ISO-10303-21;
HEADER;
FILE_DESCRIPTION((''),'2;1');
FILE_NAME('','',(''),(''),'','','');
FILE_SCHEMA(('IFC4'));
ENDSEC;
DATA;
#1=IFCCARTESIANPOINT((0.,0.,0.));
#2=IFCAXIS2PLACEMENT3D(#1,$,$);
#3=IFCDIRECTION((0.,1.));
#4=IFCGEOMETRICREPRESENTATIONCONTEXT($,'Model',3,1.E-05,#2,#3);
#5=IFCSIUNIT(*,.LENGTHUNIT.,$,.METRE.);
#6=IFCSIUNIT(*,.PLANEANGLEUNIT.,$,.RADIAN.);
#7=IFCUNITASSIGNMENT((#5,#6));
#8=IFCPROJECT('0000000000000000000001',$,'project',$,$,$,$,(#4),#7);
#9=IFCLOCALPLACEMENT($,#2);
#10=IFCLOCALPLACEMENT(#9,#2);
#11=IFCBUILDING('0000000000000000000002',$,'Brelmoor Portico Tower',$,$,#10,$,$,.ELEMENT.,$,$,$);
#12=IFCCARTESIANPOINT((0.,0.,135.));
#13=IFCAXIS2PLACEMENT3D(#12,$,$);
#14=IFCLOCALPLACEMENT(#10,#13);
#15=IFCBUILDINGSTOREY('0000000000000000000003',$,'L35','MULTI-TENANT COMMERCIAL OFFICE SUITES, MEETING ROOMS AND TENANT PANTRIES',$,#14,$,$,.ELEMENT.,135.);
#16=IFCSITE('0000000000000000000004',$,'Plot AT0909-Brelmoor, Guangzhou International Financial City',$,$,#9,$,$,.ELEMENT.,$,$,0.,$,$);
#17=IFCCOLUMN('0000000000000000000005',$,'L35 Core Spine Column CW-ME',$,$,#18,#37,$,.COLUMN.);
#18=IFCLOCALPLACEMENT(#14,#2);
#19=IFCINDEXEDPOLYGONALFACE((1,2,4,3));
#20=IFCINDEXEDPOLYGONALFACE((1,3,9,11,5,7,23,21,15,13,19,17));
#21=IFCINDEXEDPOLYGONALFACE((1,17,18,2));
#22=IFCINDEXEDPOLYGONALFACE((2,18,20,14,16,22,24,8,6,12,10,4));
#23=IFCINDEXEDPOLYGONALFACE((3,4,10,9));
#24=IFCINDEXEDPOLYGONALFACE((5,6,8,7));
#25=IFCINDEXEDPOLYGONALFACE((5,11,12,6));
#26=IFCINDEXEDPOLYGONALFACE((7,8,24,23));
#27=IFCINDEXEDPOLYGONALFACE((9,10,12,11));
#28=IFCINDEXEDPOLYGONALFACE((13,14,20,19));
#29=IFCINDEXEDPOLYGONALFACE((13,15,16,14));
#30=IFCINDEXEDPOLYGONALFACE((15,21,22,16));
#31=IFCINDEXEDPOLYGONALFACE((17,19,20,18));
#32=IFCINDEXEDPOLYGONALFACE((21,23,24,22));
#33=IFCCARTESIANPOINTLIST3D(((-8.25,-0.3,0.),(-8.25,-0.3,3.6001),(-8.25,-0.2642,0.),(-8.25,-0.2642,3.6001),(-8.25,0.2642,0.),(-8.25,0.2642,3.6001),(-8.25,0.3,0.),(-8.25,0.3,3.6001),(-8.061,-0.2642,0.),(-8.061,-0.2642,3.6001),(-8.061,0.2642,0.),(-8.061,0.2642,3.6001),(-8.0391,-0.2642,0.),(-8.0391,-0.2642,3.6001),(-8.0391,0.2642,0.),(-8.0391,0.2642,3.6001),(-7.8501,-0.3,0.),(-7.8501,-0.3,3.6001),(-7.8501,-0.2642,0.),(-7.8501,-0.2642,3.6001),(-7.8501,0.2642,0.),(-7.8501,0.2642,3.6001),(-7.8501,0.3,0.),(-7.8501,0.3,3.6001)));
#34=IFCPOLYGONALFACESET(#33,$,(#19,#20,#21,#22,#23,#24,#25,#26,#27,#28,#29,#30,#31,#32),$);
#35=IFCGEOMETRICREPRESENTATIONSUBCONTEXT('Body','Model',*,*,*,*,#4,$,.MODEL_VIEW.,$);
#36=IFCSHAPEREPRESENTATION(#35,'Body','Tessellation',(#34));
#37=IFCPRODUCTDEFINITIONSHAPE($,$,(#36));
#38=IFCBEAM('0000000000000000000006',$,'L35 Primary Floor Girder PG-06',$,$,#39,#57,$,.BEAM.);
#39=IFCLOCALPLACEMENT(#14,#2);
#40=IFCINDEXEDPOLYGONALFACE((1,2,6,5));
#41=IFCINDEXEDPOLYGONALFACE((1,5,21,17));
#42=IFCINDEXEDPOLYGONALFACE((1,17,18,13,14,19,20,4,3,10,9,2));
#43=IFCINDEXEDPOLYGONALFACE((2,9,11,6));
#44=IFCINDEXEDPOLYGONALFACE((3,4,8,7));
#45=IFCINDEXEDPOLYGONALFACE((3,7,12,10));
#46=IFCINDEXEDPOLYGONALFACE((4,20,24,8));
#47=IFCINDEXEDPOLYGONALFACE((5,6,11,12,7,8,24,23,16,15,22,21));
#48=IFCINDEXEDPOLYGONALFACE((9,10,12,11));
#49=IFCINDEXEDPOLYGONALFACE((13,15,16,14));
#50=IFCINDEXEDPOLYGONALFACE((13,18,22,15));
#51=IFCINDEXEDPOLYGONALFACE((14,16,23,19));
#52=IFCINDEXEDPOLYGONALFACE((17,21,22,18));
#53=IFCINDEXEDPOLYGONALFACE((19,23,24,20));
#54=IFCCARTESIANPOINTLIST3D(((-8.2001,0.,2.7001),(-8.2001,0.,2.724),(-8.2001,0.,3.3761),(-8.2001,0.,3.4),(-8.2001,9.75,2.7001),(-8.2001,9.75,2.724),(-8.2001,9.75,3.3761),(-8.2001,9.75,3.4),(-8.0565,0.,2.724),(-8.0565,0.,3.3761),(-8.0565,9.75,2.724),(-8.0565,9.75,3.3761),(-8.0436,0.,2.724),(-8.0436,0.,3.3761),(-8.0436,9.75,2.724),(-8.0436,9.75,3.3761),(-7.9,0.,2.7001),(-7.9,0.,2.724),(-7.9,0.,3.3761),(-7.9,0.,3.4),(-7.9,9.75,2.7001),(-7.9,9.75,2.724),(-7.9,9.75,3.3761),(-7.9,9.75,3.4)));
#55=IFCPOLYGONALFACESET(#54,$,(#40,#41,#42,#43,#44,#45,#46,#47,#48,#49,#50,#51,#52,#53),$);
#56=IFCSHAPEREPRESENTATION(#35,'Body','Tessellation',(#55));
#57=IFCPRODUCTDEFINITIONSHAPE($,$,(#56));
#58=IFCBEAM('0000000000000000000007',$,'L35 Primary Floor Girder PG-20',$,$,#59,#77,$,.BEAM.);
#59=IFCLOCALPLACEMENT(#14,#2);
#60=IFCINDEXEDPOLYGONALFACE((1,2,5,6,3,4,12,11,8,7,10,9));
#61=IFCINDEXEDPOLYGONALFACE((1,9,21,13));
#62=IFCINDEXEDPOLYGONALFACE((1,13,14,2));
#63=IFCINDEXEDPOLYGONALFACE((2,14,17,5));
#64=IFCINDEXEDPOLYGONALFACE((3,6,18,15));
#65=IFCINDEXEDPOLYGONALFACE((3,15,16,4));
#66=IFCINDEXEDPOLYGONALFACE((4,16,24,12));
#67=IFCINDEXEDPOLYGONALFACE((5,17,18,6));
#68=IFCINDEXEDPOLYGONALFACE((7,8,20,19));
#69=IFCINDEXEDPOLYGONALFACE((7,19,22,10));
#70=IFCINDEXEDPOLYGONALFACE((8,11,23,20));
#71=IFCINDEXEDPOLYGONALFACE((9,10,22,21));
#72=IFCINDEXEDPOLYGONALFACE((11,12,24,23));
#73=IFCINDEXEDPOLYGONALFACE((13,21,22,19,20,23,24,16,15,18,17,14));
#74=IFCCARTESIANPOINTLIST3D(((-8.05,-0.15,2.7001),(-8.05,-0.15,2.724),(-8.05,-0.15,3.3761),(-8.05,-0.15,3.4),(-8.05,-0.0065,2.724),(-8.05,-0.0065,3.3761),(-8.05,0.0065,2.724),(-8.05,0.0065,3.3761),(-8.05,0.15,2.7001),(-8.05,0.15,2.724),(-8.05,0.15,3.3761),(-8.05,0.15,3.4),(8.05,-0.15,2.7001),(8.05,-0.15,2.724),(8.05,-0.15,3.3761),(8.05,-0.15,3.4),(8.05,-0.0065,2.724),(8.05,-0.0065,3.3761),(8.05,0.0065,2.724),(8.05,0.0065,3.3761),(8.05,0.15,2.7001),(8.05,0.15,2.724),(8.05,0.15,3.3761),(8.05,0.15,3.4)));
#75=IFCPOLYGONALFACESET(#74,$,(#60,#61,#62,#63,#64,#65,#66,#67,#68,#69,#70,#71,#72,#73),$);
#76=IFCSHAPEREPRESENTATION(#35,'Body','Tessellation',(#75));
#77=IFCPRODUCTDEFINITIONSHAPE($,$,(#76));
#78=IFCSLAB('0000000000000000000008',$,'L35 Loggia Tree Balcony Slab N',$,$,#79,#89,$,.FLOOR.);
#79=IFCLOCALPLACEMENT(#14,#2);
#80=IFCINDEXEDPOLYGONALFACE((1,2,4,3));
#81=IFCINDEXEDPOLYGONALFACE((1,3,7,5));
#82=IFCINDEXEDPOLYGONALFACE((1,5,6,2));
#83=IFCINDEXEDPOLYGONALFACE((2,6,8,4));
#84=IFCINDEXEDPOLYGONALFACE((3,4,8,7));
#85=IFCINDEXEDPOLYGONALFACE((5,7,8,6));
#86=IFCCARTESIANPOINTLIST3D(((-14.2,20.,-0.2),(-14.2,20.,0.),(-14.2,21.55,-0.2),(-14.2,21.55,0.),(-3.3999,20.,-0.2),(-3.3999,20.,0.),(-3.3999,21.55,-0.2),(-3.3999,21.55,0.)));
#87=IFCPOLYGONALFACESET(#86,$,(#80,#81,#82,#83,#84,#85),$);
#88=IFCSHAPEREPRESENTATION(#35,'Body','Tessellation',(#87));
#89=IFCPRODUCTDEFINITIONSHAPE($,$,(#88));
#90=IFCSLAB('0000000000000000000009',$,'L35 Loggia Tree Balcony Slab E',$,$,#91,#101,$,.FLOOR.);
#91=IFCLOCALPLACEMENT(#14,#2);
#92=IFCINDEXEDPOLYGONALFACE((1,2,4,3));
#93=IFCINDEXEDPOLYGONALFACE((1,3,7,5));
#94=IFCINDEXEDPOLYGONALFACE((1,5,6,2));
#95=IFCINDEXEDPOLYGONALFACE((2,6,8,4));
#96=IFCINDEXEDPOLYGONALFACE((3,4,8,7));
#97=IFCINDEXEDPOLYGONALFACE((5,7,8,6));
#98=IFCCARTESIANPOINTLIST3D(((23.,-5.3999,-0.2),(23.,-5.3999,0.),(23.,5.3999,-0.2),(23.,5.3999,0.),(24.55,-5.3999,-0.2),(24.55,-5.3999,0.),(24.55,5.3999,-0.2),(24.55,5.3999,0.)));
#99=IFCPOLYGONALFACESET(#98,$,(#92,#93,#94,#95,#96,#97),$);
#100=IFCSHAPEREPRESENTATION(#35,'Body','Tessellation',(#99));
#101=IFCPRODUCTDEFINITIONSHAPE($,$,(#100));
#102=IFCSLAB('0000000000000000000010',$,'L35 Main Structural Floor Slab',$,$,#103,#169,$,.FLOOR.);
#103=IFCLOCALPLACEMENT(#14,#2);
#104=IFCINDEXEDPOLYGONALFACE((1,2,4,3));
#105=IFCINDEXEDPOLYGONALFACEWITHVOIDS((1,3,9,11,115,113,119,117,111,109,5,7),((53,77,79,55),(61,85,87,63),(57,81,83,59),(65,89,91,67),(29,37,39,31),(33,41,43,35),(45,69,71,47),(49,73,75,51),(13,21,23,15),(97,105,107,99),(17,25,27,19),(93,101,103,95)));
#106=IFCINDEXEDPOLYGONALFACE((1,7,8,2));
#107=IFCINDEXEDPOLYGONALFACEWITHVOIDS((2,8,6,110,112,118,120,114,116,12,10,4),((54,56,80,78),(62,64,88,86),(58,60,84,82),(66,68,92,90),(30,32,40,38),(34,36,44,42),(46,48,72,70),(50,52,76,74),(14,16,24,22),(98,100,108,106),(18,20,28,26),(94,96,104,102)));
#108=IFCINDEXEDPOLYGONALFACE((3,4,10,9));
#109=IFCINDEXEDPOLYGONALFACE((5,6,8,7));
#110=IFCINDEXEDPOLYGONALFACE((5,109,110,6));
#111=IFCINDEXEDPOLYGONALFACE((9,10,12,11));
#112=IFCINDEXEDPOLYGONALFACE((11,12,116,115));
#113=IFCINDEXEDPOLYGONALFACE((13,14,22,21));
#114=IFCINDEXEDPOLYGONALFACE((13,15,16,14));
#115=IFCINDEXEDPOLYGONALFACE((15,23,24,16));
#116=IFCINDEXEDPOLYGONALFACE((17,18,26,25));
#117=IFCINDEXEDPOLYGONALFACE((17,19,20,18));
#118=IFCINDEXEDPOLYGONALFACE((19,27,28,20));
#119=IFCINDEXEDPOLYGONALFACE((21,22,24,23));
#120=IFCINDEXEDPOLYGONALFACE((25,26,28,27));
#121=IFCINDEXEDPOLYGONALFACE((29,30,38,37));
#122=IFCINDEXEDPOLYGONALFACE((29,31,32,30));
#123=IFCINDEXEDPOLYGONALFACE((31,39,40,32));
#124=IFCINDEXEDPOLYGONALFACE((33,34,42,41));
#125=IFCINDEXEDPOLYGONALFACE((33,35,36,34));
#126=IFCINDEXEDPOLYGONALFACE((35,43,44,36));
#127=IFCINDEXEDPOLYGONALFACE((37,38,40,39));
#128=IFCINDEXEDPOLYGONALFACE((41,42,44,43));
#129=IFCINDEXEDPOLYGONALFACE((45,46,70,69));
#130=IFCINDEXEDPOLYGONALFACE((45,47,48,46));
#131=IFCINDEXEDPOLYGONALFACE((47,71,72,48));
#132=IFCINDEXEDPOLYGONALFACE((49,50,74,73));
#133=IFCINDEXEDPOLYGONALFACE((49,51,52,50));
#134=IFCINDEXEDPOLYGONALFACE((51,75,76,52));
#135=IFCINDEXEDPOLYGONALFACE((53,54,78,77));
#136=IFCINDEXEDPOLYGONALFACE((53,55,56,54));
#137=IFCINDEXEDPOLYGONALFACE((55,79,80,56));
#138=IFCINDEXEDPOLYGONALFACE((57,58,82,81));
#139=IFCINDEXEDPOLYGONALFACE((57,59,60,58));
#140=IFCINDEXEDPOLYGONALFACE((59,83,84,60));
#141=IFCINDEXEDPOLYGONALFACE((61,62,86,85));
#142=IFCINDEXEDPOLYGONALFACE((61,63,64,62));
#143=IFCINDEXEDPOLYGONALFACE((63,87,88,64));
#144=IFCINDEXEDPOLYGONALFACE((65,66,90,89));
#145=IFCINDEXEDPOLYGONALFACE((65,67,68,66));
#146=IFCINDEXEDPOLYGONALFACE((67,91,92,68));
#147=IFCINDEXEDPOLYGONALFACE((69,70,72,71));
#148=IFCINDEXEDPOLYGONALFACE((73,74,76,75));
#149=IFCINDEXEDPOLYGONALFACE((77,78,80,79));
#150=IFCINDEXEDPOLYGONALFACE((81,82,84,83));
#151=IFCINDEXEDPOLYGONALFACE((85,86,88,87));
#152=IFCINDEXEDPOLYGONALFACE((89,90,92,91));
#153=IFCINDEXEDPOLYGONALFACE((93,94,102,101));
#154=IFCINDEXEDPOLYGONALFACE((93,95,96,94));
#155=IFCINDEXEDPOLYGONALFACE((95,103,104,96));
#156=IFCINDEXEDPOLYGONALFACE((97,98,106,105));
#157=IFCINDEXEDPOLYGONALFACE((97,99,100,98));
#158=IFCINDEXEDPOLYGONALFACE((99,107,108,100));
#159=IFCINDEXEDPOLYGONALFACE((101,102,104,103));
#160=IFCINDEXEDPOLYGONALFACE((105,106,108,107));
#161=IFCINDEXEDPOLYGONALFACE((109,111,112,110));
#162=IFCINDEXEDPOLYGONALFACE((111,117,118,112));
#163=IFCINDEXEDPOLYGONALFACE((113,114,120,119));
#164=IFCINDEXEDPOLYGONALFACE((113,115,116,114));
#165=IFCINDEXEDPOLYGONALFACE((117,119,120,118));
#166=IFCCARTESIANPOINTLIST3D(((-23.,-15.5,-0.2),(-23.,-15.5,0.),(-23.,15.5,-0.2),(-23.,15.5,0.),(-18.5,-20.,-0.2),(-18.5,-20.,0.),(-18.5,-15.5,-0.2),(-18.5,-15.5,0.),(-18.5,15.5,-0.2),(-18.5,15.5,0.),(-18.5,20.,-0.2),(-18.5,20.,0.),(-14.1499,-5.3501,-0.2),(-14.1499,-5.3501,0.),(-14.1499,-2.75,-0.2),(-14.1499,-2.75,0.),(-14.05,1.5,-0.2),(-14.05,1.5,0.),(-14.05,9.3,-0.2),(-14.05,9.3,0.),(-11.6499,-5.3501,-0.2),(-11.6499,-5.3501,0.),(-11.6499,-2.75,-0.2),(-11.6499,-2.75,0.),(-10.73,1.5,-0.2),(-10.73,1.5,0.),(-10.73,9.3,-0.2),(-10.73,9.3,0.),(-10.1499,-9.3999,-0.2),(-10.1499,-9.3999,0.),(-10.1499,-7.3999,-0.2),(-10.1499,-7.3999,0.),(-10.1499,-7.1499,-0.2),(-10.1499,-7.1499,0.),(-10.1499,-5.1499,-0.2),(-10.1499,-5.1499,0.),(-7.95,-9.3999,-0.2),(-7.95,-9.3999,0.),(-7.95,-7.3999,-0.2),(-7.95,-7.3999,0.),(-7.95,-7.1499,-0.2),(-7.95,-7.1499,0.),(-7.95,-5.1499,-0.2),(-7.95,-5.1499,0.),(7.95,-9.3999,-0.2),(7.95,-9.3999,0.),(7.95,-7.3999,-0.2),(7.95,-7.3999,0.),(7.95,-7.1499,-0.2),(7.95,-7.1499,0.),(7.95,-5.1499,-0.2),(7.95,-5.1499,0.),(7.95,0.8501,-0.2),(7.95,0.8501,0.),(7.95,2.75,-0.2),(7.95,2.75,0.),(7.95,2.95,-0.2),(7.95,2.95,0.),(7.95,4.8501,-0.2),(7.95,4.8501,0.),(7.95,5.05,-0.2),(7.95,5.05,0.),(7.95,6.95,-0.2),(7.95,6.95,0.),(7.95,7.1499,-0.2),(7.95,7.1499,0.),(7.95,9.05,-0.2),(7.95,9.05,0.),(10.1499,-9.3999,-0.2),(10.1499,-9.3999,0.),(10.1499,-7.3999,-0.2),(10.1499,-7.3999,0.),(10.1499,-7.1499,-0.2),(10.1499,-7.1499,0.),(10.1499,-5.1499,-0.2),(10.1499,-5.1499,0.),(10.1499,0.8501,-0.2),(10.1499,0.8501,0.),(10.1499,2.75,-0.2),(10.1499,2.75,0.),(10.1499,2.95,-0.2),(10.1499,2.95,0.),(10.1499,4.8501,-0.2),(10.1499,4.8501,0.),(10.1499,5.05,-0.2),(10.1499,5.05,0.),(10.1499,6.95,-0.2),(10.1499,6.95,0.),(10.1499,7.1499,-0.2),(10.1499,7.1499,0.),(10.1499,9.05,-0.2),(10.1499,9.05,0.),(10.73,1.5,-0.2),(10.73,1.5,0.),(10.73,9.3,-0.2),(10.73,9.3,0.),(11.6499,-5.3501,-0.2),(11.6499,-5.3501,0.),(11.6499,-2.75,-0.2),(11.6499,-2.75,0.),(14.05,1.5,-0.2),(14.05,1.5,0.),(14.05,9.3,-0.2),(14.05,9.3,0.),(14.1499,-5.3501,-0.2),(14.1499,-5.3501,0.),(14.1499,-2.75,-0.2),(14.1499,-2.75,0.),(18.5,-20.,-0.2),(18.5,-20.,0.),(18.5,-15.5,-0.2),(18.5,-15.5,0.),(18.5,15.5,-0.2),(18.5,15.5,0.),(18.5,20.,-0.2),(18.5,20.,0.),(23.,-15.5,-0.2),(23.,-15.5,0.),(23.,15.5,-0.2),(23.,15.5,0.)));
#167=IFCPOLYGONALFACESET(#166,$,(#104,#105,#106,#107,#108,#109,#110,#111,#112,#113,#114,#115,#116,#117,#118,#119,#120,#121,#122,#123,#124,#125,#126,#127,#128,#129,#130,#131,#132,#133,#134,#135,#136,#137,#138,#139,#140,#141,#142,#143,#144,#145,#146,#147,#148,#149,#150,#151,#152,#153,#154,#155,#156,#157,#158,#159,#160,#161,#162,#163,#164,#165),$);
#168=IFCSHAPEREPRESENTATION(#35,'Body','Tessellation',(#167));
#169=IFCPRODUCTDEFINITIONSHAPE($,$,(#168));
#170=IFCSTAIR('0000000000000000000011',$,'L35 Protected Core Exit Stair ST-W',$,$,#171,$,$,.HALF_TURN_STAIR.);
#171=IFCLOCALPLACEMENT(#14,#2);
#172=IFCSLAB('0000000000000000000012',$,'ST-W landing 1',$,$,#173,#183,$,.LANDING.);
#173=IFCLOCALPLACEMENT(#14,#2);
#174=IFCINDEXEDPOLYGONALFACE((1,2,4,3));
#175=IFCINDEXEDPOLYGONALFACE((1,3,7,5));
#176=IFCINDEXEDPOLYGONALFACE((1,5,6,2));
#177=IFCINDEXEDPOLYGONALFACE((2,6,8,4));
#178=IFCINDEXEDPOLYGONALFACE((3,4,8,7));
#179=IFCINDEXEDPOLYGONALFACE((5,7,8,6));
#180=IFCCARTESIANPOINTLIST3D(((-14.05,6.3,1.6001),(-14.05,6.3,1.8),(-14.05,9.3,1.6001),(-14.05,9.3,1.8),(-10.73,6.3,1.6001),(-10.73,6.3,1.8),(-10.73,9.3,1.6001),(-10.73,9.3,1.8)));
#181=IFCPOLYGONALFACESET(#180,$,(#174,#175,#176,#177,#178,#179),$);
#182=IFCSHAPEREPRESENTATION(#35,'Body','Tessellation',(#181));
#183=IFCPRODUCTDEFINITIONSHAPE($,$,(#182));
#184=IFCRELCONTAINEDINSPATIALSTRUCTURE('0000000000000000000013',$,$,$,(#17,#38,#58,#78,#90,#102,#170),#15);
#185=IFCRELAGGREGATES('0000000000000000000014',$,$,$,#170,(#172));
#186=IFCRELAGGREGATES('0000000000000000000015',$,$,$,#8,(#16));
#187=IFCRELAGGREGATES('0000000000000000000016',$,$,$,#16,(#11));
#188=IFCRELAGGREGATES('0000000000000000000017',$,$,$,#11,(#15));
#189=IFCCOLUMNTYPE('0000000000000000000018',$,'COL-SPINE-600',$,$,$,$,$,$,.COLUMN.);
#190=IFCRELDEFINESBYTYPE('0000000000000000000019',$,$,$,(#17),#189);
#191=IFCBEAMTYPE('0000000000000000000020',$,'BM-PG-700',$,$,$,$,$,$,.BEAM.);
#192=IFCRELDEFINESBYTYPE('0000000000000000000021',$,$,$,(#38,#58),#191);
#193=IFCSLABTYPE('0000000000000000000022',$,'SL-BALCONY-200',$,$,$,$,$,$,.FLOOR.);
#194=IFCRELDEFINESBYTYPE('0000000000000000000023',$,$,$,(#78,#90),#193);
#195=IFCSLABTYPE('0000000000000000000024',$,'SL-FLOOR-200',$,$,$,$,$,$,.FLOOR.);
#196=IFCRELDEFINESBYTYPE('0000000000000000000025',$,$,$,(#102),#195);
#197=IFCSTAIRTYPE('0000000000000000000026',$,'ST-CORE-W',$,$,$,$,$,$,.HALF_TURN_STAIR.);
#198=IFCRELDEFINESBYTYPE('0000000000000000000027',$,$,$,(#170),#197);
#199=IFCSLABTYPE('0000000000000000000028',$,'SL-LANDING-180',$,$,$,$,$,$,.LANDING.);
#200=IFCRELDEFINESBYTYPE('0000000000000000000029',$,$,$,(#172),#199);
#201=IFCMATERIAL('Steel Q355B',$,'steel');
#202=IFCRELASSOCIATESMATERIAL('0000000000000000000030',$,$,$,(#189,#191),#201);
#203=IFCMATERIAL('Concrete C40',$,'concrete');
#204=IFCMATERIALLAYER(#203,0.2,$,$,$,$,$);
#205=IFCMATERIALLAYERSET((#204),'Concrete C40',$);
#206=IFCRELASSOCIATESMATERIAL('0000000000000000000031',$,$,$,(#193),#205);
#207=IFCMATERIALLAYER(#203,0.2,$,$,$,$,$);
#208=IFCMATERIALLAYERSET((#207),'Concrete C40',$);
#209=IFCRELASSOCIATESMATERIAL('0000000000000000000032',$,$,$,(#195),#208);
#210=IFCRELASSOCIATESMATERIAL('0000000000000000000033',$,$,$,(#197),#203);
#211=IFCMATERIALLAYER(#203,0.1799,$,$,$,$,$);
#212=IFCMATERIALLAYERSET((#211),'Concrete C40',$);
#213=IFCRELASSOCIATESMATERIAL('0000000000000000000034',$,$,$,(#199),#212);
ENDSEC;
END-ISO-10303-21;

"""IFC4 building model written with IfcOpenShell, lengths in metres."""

from ifc_helpers import new_model, si_unit, direction, frame, origin, origin_2d, place, context, subcontext, project, spatial, polyline, i_section, outline, extrude, material, layer, layer_set, material_profile, profile_set, type_object, element, aggregate, save


model = new_model("IFC4")

# Units and contexts
model_context = context("Model", 3, precision=1e-05, world=origin(), true_north=direction((0.0, 1.0)))
body_context = subcontext(model_context, "Body", "Model", "MODEL_VIEW")
ifc_project = project(units=[si_unit("LENGTHUNIT", "METRE"), si_unit("PLANEANGLEUNIT", "RADIAN")], contexts=[model_context])

# Site, building, storey
site_placement = place(None, origin())
site = spatial("IfcSite", under=ifc_project, at=site_placement, Name="Plot AT0909-Brelmoor, Guangzhou International Financial City", CompositionType="ELEMENT", RefElevation=0.0)
building_placement = place(site_placement, origin())
building = spatial("IfcBuilding", under=site, at=building_placement, Name="Brelmoor Portico Tower", CompositionType="ELEMENT")
storey_placement = place(building_placement, frame((0.0, 0.0, 135.0)))
storey = spatial("IfcBuildingStorey", under=building, at=storey_placement, Name="L35", Description="MULTI-TENANT COMMERCIAL OFFICE SUITES, MEETING ROOMS AND TENANT PANTRIES", CompositionType="ELEMENT", Elevation=135.0)

# Column
ifc_material_1 = material(Name="Steel Q355B", Category="steel")
ifc_material_profile_1 = material_profile(ifc_material_1, i_section(OverallWidth=0.3999, OverallDepth=0.6001, WebThickness=0.022, FlangeThickness=0.0359, at=origin_2d()), Name="HW 600x400x22x36")
ifc_profile_set_1 = profile_set([ifc_material_profile_1], Name="Steel Q355B")
column_type = type_object("IfcColumnType", Name="COL-SPINE-600", PredefinedType="COLUMN", material=ifc_profile_set_1)
column_placement = place(storey_placement, frame((-8.05, 0.0, 0.0), z_axis=(0.0, 0.0, 1.0), x_axis=(1.0, 0.0, 0.0)))
element("IfcColumn", 1, at=column_placement, inside=storey, type_object=column_type, Name="L35 Core Spine Column CW-ME", PredefinedType="COLUMN", context=body_context, shape_type="SweptSolid", body=[
    extrude(i_section(OverallWidth=0.3999, OverallDepth=0.6001, WebThickness=0.022, FlangeThickness=0.0359, at=origin_2d()), origin(), (0.0, 0.0, 1.0), 3.6001),
])

# Beams
ifc_material_profile_2 = material_profile(ifc_material_1, i_section(OverallWidth=0.3, OverallDepth=0.7, WebThickness=0.0129, FlangeThickness=0.0239, at=origin_2d()), Name="HN 700x300x13x24")
ifc_profile_set_2 = profile_set([ifc_material_profile_2], Name="Steel Q355B")
beam_type = type_object("IfcBeamType", Name="BM-PG-700", PredefinedType="BEAM", material=ifc_profile_set_2)
beam_1_placement = place(storey_placement, frame((-8.05, 0.0, 3.05), z_axis=(0.0, 1.0, 0.0), x_axis=(-1.0, 0.0, 0.0)))
element("IfcBeam", 2, at=beam_1_placement, inside=storey, type_object=beam_type, Name="L35 Primary Floor Girder PG-06", PredefinedType="BEAM", context=body_context, shape_type="SweptSolid", body=[
    extrude(i_section(OverallWidth=0.3, OverallDepth=0.7, WebThickness=0.0129, FlangeThickness=0.0239, at=origin_2d()), origin(), (0.0, 0.0, 1.0), 9.75),
])
beam_2_placement = place(storey_placement, frame((-8.05, 0.0, 3.05), z_axis=(1.0, 0.0, 0.0), x_axis=(0.0, 1.0, 0.0)))
element("IfcBeam", 3, at=beam_2_placement, inside=storey, type_object=beam_type, Name="L35 Primary Floor Girder PG-20", PredefinedType="BEAM", context=body_context, shape_type="SweptSolid", body=[
    extrude(i_section(OverallWidth=0.3, OverallDepth=0.7, WebThickness=0.0129, FlangeThickness=0.0239, at=origin_2d()), origin(), (0.0, 0.0, 1.0), 16.1001),
])

# Slabs
ifc_material_2 = material(Name="Concrete C40", Category="concrete")
ifc_layer_1 = layer(ifc_material_2, 0.2)
ifc_layer_set_1 = layer_set([ifc_layer_1], Name="Concrete C40")
slab_type_1 = type_object("IfcSlabType", Name="SL-BALCONY-200", PredefinedType="FLOOR", material=ifc_layer_set_1)
slab_1_placement = place(storey_placement, frame((0.0, 0.0, -0.2)))
element("IfcSlab", 4, at=slab_1_placement, inside=storey, type_object=slab_type_1, Name="L35 Loggia Tree Balcony Slab N", PredefinedType="FLOOR", context=body_context, shape_type="SweptSolid", body=[
    extrude(outline(polyline([(-14.2, 20.0), (-3.3999, 20.0), (-3.3999, 21.55), (-14.2, 21.55), (-14.2, 20.0)])), origin(), (0.0, 0.0, 1.0), 0.2),
])
slab_2_placement = place(storey_placement, frame((0.0, 0.0, -0.2)))
element("IfcSlab", 5, at=slab_2_placement, inside=storey, type_object=slab_type_1, Name="L35 Loggia Tree Balcony Slab E", PredefinedType="FLOOR", context=body_context, shape_type="SweptSolid", body=[
    extrude(outline(polyline([(23.0, -5.3999), (24.55, -5.3999), (24.55, 5.3999), (23.0, 5.3999), (23.0, -5.3999)])), origin(), (0.0, 0.0, 1.0), 0.2),
])
ifc_layer_2 = layer(ifc_material_2, 0.2)
ifc_layer_set_2 = layer_set([ifc_layer_2], Name="Concrete C40")
slab_type_2 = type_object("IfcSlabType", Name="SL-FLOOR-200", PredefinedType="FLOOR", material=ifc_layer_set_2)
slab_3_placement = place(storey_placement, frame((0.0, 0.0, -0.2)))
element("IfcSlab", 6, at=slab_3_placement, inside=storey, type_object=slab_type_2, Name="L35 Main Structural Floor Slab", PredefinedType="FLOOR", context=body_context, shape_type="SweptSolid", body=[
    extrude(outline(polyline([(-18.5, -20.0), (18.5, -20.0), (18.5, -15.5), (23.0, -15.5), (23.0, 15.5), (18.5, 15.5), (18.5, 20.0), (-18.5, 20.0), (-18.5, 15.5), (-23.0, 15.5), (-23.0, -15.5), (-18.5, -15.5), (-18.5, -20.0)]), holes=[polyline([(-10.73, 1.5), (-10.73, 9.3), (-14.05, 9.3), (-14.05, 1.5), (-10.73, 1.5)]), polyline([(14.05, 1.5), (14.05, 9.3), (10.73, 9.3), (10.73, 1.5), (14.05, 1.5)]), polyline([(7.95, 0.8501), (10.1499, 0.8501), (10.1499, 2.75), (7.95, 2.75), (7.95, 0.8501)]), polyline([(7.95, 2.95), (10.1499, 2.95), (10.1499, 4.8501), (7.95, 4.8501), (7.95, 2.95)]), polyline([(7.95, 5.05), (10.1499, 5.05), (10.1499, 6.95), (7.95, 6.95), (7.95, 5.05)]), polyline([(7.95, 7.1499), (10.1499, 7.1499), (10.1499, 9.05), (7.95, 9.05), (7.95, 7.1499)]), polyline([(-10.1499, -9.3999), (-7.95, -9.3999), (-7.95, -7.3999), (-10.1499, -7.3999), (-10.1499, -9.3999)]), polyline([(-10.1499, -7.1499), (-7.95, -7.1499), (-7.95, -5.1499), (-10.1499, -5.1499), (-10.1499, -7.1499)]), polyline([(7.95, -9.3999), (10.1499, -9.3999), (10.1499, -7.3999), (7.95, -7.3999), (7.95, -9.3999)]), polyline([(7.95, -7.1499), (10.1499, -7.1499), (10.1499, -5.1499), (7.95, -5.1499), (7.95, -7.1499)]), polyline([(-14.1499, -5.3501), (-11.6499, -5.3501), (-11.6499, -2.75), (-14.1499, -2.75), (-14.1499, -5.3501)]), polyline([(11.6499, -5.3501), (14.1499, -5.3501), (14.1499, -2.75), (11.6499, -2.75), (11.6499, -5.3501)])]), origin(), (0.0, 0.0, 1.0), 0.2),
])

# Stair, slab
stair_type = type_object("IfcStairType", Name="ST-CORE-W", PredefinedType="HALF_TURN_STAIR", material=ifc_material_2)
stair_placement = place(storey_placement, origin())
stair = element("IfcStair", 7, at=stair_placement, inside=storey, type_object=stair_type, Name="L35 Protected Core Exit Stair ST-W", PredefinedType="HALF_TURN_STAIR")
ifc_layer_3 = layer(ifc_material_2, 0.1799)
ifc_layer_set_3 = layer_set([ifc_layer_3], Name="Concrete C40")
slab_type_3 = type_object("IfcSlabType", Name="SL-LANDING-180", PredefinedType="LANDING", material=ifc_layer_set_3)
slab_4_placement = place(storey_placement, frame((0.0, 0.0, 1.6001)))
slab_4 = element("IfcSlab", 8, at=slab_4_placement, type_object=slab_type_3, Name="ST-W landing 1", PredefinedType="LANDING", context=body_context, shape_type="SweptSolid", body=[
    extrude(outline(polyline([(-10.73, 6.3), (-10.73, 9.3), (-14.05, 9.3), (-14.05, 6.3), (-10.73, 6.3)])), origin(), (0.0, 0.0, 1.0), 0.2),
])

aggregate(stair, [slab_4])

save(model, "model.ifc")
